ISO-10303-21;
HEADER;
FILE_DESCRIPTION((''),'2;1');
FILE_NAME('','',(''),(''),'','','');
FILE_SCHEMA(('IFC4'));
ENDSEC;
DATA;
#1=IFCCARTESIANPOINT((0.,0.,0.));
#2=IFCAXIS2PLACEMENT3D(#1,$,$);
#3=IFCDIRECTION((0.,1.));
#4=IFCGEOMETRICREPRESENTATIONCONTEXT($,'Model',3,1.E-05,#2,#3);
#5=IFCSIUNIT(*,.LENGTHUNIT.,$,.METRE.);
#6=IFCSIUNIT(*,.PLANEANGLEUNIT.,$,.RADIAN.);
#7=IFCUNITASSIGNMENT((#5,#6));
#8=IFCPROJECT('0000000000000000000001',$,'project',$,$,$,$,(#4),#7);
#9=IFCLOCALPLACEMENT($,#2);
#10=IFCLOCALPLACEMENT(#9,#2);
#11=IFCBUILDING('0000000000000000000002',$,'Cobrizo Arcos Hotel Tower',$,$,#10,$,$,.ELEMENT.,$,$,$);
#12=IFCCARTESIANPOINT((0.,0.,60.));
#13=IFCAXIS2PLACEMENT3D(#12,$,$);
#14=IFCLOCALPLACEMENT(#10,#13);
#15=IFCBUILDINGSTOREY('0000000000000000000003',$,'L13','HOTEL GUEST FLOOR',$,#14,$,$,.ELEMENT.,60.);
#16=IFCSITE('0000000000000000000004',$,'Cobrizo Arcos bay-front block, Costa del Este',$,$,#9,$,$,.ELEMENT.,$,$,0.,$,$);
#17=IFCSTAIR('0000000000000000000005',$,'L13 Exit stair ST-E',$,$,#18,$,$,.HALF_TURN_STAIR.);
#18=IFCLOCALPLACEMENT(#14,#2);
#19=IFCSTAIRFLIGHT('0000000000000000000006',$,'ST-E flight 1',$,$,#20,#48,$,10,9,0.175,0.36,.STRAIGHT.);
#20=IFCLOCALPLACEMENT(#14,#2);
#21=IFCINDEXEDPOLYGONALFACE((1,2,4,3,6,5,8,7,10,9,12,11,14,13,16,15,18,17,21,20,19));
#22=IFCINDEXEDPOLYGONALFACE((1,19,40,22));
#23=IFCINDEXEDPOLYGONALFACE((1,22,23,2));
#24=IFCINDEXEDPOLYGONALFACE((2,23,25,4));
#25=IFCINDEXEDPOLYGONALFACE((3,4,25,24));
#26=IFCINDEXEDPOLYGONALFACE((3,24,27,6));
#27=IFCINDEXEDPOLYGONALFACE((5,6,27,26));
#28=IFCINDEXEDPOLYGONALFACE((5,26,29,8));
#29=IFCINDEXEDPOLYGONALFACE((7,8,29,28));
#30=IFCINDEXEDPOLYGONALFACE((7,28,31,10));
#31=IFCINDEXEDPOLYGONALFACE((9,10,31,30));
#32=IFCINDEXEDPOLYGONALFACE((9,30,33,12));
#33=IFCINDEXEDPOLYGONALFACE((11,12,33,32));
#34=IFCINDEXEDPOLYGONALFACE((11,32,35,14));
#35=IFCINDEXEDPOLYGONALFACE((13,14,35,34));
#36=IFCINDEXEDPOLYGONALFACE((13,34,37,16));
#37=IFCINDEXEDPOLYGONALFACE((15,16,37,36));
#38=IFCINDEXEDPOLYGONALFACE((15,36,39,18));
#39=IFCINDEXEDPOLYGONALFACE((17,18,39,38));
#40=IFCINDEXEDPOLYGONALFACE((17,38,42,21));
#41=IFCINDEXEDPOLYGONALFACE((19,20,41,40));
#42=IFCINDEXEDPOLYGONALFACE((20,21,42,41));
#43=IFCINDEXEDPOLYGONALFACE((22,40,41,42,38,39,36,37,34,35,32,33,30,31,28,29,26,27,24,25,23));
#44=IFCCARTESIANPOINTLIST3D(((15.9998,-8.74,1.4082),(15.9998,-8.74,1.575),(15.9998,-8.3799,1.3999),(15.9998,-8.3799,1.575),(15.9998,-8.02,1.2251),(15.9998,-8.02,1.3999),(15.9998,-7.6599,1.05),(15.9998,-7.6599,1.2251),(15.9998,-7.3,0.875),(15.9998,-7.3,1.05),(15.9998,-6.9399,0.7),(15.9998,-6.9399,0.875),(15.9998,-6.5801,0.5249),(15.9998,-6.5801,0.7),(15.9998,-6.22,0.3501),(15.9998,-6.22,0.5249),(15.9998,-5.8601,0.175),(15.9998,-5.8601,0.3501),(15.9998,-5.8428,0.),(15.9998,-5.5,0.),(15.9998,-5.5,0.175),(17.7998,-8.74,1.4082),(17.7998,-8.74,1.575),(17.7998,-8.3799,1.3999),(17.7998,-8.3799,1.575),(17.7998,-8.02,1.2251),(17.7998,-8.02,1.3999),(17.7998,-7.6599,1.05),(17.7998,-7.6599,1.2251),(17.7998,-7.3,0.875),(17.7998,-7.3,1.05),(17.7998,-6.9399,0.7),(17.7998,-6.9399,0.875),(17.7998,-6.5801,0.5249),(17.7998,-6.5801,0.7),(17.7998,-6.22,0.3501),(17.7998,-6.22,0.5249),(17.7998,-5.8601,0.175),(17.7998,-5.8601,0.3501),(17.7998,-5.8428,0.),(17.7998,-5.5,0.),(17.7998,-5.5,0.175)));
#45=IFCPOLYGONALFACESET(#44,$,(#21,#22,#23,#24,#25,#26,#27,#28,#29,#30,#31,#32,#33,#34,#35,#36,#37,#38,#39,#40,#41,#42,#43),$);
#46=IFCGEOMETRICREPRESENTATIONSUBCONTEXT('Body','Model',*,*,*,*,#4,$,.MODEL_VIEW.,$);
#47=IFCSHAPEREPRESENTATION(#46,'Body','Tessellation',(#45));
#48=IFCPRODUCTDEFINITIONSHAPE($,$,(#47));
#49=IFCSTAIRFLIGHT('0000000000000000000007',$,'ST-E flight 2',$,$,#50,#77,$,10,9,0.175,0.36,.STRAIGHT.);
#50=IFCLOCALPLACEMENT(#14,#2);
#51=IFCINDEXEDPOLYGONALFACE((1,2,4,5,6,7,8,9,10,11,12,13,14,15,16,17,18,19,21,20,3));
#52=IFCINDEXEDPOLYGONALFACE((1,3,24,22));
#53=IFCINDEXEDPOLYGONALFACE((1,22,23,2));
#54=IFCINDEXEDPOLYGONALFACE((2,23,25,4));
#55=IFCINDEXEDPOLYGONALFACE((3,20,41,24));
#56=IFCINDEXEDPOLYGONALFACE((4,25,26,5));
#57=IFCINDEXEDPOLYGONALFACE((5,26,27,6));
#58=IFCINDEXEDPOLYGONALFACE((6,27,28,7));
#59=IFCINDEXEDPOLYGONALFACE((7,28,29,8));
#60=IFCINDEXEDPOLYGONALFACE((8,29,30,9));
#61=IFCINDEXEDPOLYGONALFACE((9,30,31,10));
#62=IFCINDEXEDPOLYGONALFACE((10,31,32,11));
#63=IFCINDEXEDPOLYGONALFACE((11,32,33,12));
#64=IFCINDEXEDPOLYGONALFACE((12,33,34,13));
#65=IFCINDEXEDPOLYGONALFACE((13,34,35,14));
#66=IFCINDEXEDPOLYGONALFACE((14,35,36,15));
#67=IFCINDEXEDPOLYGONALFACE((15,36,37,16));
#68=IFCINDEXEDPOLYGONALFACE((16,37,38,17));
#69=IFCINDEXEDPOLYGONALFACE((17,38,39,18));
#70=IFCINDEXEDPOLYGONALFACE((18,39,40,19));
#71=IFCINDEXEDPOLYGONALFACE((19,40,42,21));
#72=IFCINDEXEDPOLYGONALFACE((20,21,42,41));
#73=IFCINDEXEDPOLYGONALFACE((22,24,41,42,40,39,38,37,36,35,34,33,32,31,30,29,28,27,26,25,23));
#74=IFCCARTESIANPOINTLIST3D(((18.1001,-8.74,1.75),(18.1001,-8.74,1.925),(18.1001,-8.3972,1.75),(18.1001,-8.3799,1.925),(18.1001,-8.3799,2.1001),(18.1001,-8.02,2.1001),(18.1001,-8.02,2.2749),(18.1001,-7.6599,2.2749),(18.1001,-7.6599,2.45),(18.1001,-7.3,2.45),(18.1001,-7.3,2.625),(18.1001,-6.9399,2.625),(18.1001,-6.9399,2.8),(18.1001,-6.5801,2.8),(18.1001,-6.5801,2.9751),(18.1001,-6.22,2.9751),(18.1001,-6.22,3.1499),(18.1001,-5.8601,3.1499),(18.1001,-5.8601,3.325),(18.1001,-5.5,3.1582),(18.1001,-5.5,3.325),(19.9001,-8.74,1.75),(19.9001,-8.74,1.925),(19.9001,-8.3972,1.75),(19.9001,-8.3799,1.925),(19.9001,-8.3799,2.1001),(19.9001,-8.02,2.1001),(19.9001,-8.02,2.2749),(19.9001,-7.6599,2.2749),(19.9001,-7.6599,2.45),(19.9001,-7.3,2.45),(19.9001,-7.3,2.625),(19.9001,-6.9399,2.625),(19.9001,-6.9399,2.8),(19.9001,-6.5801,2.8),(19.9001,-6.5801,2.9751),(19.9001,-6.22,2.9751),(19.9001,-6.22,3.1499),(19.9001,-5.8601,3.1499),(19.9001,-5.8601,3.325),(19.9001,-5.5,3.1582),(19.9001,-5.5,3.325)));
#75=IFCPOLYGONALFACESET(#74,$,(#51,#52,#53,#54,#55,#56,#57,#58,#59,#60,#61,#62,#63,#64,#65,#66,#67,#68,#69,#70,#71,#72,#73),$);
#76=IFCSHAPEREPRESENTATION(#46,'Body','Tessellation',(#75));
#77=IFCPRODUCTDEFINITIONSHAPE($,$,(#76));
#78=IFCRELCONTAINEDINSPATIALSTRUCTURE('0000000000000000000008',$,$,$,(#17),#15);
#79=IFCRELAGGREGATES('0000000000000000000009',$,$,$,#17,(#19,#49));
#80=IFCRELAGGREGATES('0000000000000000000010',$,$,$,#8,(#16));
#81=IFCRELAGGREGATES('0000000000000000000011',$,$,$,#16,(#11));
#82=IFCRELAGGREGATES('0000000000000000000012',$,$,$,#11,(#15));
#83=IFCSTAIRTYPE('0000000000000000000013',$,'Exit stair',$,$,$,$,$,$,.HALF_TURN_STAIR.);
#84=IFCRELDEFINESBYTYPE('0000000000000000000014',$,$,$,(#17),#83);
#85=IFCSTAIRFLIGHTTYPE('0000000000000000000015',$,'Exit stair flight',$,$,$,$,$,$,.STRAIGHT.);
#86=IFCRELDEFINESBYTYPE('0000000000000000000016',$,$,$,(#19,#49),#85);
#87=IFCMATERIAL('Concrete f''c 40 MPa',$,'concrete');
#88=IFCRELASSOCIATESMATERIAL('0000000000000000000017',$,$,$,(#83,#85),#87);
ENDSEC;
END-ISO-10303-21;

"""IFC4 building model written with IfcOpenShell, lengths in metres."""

from ifc_helpers import new_model, si_unit, direction, frame, origin, place, context, subcontext, project, spatial, polyline, outline, extrude, material, type_object, element, aggregate, save


model = new_model("IFC4")

# Units and contexts
model_context = context("Model", 3, precision=1e-05, world=origin(), true_north=direction((0.0, 1.0)))
body_context = subcontext(model_context, "Body", "Model", "MODEL_VIEW")
ifc_project = project(units=[si_unit("LENGTHUNIT", "METRE"), si_unit("PLANEANGLEUNIT", "RADIAN")], contexts=[model_context])

# Site, building, storey
site_placement = place(None, origin())
site = spatial("IfcSite", under=ifc_project, at=site_placement, Name="Cobrizo Arcos bay-front block, Costa del Este", CompositionType="ELEMENT", RefElevation=0.0)
building_placement = place(site_placement, origin())
building = spatial("IfcBuilding", under=site, at=building_placement, Name="Cobrizo Arcos Hotel Tower", CompositionType="ELEMENT")
storey_placement = place(building_placement, frame((0.0, 0.0, 60.0)))
storey = spatial("IfcBuildingStorey", under=building, at=storey_placement, Name="L13", Description="HOTEL GUEST FLOOR", CompositionType="ELEMENT", Elevation=60.0)

# Shared definitions
ifc_material_1 = material(Name="Concrete f'c 40 MPa", Category="concrete")

# Stair, stair flights
stair_type = type_object("IfcStairType", Name="Exit stair", PredefinedType="HALF_TURN_STAIR", material=ifc_material_1)
stair_placement = place(storey_placement, origin())
stair = element("IfcStair", 1, at=stair_placement, inside=storey, type_object=stair_type, Name="L13 Exit stair ST-E", PredefinedType="HALF_TURN_STAIR")
stair_flight_type = type_object("IfcStairFlightType", Name="Exit stair flight", PredefinedType="STRAIGHT", material=ifc_material_1)
stair_flight_1_placement = place(storey_placement, frame((16.8999, -5.5, 0.0), z_axis=(0.0, 0.0, 1.0), x_axis=(0.0, -1.0, 0.0)))
stair_flight_1 = element("IfcStairFlight", 2, at=stair_flight_1_placement, type_object=stair_flight_type, Name="ST-E flight 1", NumberOfRisers=10, NumberOfTreads=9, PredefinedType="STRAIGHT", RiserHeight=0.175, TreadLength=0.36, context=body_context, shape_type="SweptSolid", body=[
    extrude(outline(polyline([(0.0, 0.0), (0.0, 0.175), (0.3601, 0.175), (0.3601, 0.3501), (0.72, 0.3501), (0.72, 0.5249), (1.0801, 0.5249), (1.0801, 0.7), (1.4399, 0.7), (1.4399, 0.875), (1.8, 0.875), (1.8, 1.05), (2.1599, 1.05), (2.1599, 1.2251), (2.52, 1.2251), (2.52, 1.3999), (2.8799, 1.3999), (2.8799, 1.575), (3.24, 1.575), (3.24, 1.75), (3.24, 1.4082), (0.3428, 0.0), (0.0, 0.0)])), frame((0.0, 0.8999, 0.0), z_axis=(0.0, -1.0, 0.0), x_axis=(1.0, 0.0, 0.0)), (0.0, 0.0, 1.0), 1.8),
])
stair_flight_2_placement = place(storey_placement, frame((19.0, -8.74, 1.75), z_axis=(0.0, 0.0, 1.0), x_axis=(0.0, 1.0, 0.0)))
stair_flight_2 = element("IfcStairFlight", 3, at=stair_flight_2_placement, type_object=stair_flight_type, Name="ST-E flight 2", NumberOfRisers=10, NumberOfTreads=9, PredefinedType="STRAIGHT", RiserHeight=0.175, TreadLength=0.36, context=body_context, shape_type="SweptSolid", body=[
    extrude(outline(polyline([(0.0, 0.0), (0.0, 0.175), (0.3601, 0.175), (0.3601, 0.3501), (0.72, 0.3501), (0.72, 0.5249), (1.0801, 0.5249), (1.0801, 0.7), (1.4399, 0.7), (1.4399, 0.875), (1.8, 0.875), (1.8, 1.05), (2.1599, 1.05), (2.1599, 1.2251), (2.52, 1.2251), (2.52, 1.3999), (2.8799, 1.3999), (2.8799, 1.575), (3.24, 1.575), (3.24, 1.75), (3.24, 1.4082), (0.3428, 0.0), (0.0, 0.0)])), frame((0.0, 0.8999, 0.0), z_axis=(0.0, -1.0, 0.0), x_axis=(1.0, 0.0, 0.0)), (0.0, 0.0, 1.0), 1.8),
])
aggregate(stair, [stair_flight_1, stair_flight_2])

save(model, "model.ifc")
